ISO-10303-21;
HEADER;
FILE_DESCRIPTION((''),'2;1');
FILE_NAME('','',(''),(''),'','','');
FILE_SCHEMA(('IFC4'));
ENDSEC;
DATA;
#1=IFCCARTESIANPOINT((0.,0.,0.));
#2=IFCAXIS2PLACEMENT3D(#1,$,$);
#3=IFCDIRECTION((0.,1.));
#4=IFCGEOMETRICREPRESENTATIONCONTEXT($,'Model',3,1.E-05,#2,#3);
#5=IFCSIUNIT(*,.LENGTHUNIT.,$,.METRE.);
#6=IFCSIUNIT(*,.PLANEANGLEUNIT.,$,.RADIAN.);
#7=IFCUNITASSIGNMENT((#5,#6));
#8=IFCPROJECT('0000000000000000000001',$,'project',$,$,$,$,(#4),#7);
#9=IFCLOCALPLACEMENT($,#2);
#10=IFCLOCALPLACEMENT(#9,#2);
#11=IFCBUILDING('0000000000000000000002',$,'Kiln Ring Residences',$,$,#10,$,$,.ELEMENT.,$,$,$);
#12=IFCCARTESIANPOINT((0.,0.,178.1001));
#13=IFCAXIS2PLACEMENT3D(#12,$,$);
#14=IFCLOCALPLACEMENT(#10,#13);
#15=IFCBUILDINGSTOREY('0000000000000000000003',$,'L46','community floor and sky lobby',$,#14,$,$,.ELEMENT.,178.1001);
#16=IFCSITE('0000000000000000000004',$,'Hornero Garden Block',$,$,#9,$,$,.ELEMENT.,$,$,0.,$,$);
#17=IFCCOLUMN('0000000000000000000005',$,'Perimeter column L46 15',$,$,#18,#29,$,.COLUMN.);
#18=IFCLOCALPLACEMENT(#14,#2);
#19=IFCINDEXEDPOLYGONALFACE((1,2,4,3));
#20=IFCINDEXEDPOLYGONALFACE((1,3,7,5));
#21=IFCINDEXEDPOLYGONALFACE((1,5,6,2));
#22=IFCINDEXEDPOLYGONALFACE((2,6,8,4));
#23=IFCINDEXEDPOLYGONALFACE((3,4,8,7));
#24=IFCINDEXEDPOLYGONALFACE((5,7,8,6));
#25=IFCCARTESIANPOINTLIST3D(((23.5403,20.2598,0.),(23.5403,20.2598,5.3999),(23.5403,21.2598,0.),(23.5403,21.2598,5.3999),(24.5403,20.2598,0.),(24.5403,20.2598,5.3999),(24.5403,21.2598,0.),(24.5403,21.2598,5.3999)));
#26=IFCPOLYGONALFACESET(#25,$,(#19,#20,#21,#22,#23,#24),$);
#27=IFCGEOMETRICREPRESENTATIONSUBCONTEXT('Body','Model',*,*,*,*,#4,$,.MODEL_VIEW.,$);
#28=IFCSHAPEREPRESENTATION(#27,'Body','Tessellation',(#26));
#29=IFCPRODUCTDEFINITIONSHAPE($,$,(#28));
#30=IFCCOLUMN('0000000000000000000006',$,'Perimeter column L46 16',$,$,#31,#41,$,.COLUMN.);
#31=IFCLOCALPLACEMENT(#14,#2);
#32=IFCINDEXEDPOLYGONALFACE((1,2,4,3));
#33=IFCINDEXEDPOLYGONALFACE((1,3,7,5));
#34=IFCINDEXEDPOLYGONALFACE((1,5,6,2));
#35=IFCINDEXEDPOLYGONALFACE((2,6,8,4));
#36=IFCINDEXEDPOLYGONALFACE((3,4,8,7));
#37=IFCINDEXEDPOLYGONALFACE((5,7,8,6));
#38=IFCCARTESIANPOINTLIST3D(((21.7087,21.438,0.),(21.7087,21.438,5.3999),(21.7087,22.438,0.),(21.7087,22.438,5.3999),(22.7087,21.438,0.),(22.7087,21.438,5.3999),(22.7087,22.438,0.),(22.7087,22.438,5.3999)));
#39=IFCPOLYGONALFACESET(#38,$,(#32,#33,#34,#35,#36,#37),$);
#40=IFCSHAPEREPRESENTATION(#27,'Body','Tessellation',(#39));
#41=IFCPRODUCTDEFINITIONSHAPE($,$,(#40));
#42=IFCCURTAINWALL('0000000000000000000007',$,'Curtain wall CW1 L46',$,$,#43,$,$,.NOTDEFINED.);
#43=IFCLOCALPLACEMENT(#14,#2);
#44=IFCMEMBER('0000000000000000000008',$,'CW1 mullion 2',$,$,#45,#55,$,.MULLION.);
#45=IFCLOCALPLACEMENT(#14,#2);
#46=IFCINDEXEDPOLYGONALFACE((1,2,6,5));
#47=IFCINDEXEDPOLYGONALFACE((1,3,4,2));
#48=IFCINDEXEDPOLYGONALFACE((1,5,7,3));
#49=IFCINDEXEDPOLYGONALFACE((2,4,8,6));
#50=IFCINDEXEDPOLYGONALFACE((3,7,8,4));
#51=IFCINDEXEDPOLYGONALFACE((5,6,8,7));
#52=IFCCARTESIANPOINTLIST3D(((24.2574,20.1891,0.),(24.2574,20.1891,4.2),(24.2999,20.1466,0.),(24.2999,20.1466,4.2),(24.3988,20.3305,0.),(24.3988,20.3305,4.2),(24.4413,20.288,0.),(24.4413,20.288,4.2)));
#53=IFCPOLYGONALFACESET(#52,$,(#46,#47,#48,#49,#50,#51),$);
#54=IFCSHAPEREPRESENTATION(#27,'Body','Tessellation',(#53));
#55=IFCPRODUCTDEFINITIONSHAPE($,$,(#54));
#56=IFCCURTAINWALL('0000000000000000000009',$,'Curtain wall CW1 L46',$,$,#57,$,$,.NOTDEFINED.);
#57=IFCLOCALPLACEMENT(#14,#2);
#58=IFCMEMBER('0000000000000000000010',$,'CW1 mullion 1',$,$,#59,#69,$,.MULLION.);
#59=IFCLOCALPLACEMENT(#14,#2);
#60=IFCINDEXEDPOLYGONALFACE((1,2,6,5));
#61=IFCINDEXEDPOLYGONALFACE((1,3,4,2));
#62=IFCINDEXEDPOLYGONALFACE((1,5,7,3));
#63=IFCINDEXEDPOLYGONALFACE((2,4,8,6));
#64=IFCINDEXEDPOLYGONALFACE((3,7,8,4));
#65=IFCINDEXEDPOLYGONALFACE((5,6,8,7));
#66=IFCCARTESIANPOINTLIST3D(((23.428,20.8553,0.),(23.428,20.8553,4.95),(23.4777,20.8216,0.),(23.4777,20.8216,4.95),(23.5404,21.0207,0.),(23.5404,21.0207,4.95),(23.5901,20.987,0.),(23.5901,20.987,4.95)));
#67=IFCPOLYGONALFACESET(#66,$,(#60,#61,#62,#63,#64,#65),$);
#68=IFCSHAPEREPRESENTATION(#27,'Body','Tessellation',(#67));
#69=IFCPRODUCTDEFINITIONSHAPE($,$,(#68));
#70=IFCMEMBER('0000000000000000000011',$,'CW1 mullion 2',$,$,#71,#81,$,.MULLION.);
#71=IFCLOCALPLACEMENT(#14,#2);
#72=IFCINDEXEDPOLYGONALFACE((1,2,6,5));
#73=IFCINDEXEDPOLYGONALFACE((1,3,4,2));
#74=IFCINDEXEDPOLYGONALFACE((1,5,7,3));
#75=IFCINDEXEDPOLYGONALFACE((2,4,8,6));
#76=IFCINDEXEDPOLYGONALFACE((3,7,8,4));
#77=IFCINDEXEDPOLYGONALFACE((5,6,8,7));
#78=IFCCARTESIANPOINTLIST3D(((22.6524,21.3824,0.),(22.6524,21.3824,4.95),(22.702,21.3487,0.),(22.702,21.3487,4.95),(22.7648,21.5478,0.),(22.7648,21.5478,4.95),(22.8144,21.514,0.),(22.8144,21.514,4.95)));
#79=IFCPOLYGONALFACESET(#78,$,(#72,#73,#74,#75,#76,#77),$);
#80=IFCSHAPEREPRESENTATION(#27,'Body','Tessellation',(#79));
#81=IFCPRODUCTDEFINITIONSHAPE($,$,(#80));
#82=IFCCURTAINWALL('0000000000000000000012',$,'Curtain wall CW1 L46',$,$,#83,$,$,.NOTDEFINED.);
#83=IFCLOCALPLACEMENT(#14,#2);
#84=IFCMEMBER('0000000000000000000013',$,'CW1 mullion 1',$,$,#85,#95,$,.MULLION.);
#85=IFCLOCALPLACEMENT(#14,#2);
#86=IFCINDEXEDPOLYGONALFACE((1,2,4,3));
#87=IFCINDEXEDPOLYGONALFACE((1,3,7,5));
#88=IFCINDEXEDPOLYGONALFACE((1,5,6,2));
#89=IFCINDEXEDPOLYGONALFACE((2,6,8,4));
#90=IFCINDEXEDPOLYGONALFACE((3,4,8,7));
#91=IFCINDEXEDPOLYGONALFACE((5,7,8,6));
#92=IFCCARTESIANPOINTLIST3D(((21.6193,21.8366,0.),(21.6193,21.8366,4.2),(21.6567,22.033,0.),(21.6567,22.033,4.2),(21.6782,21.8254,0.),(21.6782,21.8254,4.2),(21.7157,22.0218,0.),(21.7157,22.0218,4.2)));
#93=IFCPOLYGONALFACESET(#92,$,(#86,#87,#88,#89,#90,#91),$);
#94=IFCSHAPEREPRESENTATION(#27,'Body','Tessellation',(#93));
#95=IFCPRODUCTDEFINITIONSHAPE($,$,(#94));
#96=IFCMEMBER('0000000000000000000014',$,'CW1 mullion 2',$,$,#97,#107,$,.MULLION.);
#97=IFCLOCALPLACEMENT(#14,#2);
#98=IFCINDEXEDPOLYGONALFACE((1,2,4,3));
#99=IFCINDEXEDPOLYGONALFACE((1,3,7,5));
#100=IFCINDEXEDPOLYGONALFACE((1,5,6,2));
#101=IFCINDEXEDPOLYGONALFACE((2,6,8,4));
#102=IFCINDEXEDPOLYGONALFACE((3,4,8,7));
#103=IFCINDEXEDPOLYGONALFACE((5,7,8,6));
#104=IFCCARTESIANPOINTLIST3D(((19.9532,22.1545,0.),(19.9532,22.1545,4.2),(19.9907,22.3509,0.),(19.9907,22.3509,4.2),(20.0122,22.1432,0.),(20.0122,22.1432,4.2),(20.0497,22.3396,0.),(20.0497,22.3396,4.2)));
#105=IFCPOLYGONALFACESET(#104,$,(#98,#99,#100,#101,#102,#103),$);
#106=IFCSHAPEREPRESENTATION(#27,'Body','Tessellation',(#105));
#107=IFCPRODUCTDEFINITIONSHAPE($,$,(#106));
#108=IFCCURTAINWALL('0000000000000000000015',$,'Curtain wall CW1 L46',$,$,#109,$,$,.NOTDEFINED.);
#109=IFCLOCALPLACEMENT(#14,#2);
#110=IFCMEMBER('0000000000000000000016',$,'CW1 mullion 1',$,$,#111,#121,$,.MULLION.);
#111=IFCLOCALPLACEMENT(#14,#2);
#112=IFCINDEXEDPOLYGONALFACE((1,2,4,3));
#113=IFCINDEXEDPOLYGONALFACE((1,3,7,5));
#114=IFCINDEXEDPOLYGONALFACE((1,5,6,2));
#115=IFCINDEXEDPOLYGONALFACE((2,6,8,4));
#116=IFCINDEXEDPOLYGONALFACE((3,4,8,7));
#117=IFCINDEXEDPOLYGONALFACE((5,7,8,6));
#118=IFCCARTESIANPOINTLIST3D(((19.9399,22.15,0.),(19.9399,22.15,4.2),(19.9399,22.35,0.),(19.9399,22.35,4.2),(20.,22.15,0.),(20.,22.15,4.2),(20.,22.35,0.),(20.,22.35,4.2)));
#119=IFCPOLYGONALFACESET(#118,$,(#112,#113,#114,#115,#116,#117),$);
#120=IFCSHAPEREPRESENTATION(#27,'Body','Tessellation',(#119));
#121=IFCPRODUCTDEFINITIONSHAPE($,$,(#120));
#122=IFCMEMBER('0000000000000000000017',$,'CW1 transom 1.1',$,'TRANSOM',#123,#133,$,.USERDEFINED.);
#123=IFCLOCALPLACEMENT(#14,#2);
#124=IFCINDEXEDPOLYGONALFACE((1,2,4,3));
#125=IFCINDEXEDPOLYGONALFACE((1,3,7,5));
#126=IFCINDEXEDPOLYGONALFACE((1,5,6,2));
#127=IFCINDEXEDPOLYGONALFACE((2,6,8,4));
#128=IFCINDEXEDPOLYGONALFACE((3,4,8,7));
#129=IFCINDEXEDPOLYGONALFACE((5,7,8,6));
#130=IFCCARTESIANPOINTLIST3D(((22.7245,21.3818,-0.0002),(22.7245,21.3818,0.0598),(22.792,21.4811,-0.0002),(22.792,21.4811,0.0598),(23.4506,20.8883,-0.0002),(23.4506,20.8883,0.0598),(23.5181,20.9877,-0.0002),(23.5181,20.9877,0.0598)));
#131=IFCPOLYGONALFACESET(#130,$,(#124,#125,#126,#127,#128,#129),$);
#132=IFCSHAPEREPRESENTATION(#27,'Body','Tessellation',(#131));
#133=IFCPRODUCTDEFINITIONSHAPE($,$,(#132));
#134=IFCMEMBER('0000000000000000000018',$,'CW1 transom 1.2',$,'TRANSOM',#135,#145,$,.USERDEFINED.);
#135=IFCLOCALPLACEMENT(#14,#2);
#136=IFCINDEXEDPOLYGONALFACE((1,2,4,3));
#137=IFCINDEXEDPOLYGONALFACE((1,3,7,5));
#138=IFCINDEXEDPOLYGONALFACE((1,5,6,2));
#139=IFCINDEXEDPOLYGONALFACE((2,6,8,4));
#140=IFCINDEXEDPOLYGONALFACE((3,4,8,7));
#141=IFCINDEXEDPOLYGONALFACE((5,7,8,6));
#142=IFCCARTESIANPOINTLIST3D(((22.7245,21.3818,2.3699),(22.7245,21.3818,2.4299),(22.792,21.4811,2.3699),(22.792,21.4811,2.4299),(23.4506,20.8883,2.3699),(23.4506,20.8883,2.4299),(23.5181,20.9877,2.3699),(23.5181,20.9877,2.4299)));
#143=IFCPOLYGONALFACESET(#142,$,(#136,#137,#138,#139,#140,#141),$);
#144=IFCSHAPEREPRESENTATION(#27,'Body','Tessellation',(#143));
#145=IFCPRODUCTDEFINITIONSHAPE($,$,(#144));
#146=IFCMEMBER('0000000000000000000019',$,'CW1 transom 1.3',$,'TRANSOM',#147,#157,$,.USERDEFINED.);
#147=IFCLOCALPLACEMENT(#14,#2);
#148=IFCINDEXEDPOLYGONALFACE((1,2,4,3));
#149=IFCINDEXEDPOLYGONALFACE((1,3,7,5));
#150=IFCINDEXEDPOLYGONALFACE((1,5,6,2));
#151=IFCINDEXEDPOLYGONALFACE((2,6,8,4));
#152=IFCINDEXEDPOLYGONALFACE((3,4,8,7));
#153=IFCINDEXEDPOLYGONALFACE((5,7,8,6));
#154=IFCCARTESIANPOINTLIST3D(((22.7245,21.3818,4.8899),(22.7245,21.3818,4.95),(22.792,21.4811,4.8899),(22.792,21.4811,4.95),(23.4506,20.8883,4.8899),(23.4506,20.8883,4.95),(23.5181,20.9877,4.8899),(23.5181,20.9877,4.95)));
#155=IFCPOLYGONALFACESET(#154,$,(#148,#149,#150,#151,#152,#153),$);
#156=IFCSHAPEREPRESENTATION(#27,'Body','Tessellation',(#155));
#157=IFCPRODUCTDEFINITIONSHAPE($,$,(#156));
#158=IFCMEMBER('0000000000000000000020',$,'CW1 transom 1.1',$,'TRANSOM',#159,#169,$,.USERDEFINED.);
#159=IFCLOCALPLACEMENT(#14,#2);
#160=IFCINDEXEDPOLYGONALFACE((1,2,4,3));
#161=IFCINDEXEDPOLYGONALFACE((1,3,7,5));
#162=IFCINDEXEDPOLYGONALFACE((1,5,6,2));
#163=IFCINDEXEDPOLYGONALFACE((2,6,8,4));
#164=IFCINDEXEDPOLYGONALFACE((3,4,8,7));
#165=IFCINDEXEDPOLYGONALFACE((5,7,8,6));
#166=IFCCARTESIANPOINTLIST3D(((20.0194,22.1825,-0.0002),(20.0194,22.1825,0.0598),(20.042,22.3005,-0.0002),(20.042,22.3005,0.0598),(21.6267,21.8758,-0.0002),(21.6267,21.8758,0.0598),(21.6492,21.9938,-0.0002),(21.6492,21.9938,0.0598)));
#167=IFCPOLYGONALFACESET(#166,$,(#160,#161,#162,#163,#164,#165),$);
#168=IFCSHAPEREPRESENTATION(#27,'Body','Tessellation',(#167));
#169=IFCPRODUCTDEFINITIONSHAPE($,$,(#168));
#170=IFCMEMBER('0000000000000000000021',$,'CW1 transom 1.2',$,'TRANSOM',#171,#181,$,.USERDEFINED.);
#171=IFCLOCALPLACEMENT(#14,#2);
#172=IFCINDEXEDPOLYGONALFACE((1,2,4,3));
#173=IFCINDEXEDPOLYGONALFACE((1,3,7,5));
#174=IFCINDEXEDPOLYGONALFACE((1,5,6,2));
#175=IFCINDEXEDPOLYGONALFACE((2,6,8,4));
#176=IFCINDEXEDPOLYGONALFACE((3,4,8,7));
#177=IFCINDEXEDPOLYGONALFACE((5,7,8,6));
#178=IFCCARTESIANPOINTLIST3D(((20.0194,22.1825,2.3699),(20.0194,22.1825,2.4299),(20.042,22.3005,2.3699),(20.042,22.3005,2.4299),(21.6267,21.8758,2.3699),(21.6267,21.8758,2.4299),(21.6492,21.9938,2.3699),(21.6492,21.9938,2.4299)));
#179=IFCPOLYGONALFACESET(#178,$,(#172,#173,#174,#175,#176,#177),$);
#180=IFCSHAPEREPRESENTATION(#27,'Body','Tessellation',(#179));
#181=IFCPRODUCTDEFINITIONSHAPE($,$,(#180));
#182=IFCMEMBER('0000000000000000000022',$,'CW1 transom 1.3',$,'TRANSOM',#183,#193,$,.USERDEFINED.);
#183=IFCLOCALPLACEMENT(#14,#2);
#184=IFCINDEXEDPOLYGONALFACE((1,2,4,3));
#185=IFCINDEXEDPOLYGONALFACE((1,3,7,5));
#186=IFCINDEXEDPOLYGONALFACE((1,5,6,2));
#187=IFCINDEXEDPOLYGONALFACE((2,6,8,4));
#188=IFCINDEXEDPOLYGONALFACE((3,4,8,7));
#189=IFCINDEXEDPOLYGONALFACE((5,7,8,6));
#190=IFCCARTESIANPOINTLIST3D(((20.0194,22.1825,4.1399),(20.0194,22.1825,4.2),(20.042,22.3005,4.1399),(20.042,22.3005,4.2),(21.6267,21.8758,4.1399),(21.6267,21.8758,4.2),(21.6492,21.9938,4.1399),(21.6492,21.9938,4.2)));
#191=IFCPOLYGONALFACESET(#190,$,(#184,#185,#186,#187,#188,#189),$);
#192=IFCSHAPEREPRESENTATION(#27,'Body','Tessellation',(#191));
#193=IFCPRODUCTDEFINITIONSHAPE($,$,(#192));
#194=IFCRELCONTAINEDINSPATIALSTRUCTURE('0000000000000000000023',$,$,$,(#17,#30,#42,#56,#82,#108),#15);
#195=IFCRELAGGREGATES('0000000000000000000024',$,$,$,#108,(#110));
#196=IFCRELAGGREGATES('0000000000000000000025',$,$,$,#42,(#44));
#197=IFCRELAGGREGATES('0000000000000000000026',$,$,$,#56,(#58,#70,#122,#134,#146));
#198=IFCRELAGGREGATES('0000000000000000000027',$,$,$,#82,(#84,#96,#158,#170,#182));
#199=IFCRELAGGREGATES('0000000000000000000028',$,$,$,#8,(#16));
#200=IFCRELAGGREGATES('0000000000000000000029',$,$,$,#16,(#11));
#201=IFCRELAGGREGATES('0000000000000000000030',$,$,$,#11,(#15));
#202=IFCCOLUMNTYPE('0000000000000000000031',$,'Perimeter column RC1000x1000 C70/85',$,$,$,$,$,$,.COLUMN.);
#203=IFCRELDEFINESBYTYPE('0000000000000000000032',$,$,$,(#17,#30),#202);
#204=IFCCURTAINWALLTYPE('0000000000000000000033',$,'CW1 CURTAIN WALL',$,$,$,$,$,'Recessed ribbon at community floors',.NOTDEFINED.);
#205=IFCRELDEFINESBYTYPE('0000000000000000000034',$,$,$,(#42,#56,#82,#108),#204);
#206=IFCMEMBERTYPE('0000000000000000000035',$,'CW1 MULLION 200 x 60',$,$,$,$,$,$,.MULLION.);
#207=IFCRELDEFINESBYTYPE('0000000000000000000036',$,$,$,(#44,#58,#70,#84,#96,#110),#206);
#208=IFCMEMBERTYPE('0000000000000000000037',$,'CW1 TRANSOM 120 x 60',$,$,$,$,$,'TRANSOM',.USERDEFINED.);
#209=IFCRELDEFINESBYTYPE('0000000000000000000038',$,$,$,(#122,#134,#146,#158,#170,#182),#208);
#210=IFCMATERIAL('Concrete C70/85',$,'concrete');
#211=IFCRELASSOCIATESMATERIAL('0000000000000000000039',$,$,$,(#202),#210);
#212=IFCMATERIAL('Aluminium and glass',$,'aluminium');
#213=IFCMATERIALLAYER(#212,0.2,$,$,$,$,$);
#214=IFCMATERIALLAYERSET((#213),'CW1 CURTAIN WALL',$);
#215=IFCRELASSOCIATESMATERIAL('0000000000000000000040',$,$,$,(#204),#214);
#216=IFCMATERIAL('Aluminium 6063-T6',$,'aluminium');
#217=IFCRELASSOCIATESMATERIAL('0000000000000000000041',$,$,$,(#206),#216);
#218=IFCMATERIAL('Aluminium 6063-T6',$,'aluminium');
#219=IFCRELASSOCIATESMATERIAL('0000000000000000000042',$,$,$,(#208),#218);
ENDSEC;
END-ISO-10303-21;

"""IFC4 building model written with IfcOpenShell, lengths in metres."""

from ifc_helpers import new_model, si_unit, direction, frame, origin, origin_2d, place, context, subcontext, project, spatial, rectangle, extrude, material, layer, layer_set, material_profile, profile_set, type_object, element, aggregate, save


model = new_model("IFC4")

# Units and contexts
model_context = context("Model", 3, precision=1e-05, world=origin(), true_north=direction((0.0, 1.0)))
body_context = subcontext(model_context, "Body", "Model", "MODEL_VIEW")
ifc_project = project(units=[si_unit("LENGTHUNIT", "METRE"), si_unit("PLANEANGLEUNIT", "RADIAN")], contexts=[model_context])

# Site, building, storey
site_placement = place(None, origin())
site = spatial("IfcSite", under=ifc_project, at=site_placement, Name="Hornero Garden Block", CompositionType="ELEMENT", RefElevation=0.0)
building_placement = place(site_placement, origin())
building = spatial("IfcBuilding", under=site, at=building_placement, Name="Kiln Ring Residences", CompositionType="ELEMENT")
storey_placement = place(building_placement, frame((0.0, 0.0, 178.1001)))
storey = spatial("IfcBuildingStorey", under=building, at=storey_placement, Name="L46", Description="community floor and sky lobby", CompositionType="ELEMENT", Elevation=178.1001)

# Columns
ifc_material_1 = material(Name="Concrete C70/85", Category="concrete")
ifc_material_profile_1 = material_profile(ifc_material_1, rectangle(XDim=1.0, YDim=1.0, at=origin_2d()), Name="RC1000x1000")
ifc_profile_set_1 = profile_set([ifc_material_profile_1], Name="Concrete C70/85")
column_type = type_object("IfcColumnType", Name="Perimeter column RC1000x1000 C70/85", PredefinedType="COLUMN", material=ifc_profile_set_1)
for number, where, z_axis, x_axis, name in (
    (1, (24.0403, 20.7598, 0.0), (0.0, 0.0, 1.0), (1.0, 0.0, 0.0), "Perimeter column L46 15"),
    (2, (22.2087, 21.938, 0.0), (0.0, 0.0, 1.0), (1.0, 0.0, 0.0), "Perimeter column L46 16"),
):
    element("IfcColumn", number, at=place(storey_placement, frame(where, z_axis=z_axis, x_axis=x_axis)), inside=storey, type_object=column_type, Name=name, PredefinedType="COLUMN", context=body_context, shape_type="SweptSolid", body=[
        extrude(rectangle(XDim=1.0, YDim=1.0, at=origin_2d()), origin(), (0.0, 0.0, 1.0), 5.3999),
    ])

# Curtain wall, member
ifc_material_2 = material(Name="Aluminium and glass", Category="aluminium")
ifc_layer_1 = layer(ifc_material_2, 0.2)
ifc_layer_set_1 = layer_set([ifc_layer_1], Name="CW1 CURTAIN WALL")
curtain_wall_type = type_object("IfcCurtainWallType", Name="CW1 CURTAIN WALL", ElementType="Recessed ribbon at community floors", PredefinedType="NOTDEFINED", material=ifc_layer_set_1)
placement = place(storey_placement, origin())
curtain_wall_1 = element("IfcCurtainWall", 3, at=placement, inside=storey, type_object=curtain_wall_type, Name="Curtain wall CW1 L46", PredefinedType="NOTDEFINED")
ifc_material_3 = material(Name="Aluminium 6063-T6", Category="aluminium")
ifc_material_profile_2 = material_profile(ifc_material_3, rectangle(XDim=0.2, YDim=0.0601, at=origin_2d()), Name="AL 200x60")
ifc_profile_set_2 = profile_set([ifc_material_profile_2], Name="Aluminium 6063-T6")
member_type_1 = type_object("IfcMemberType", Name="CW1 MULLION 200 x 60", PredefinedType="MULLION", material=ifc_profile_set_2)
member_1_placement = place(storey_placement, frame((24.3494, 20.2385, 0.0), z_axis=(0.0, 0.0, 1.0), x_axis=(-0.707107, -0.707107, 0.0)))
member_1 = element("IfcMember", 4, at=member_1_placement, type_object=member_type_1, Name="CW1 mullion 2", PredefinedType="MULLION", context=body_context, shape_type="SweptSolid", body=[
    extrude(rectangle(XDim=0.2, YDim=0.0601, at=origin_2d()), origin(), (0.0, 0.0, 1.0), 4.2),
])

# Curtain walls, members
curtain_wall_2 = element("IfcCurtainWall", 5, at=placement, inside=storey, type_object=curtain_wall_type, Name="Curtain wall CW1 L46", PredefinedType="NOTDEFINED")
member_2_placement = place(storey_placement, frame((23.509, 20.9211, 0.0), z_axis=(0.0, 0.0, 1.0), x_axis=(-0.562097, -0.827072, 0.0)))
member_2 = element("IfcMember", 6, at=member_2_placement, type_object=member_type_1, Name="CW1 mullion 1", PredefinedType="MULLION", context=body_context, shape_type="SweptSolid", body=[
    extrude(rectangle(XDim=0.2, YDim=0.0601, at=origin_2d()), origin(), (0.0, 0.0, 1.0), 4.95),
])
member_3_placement = place(storey_placement, frame((22.7334, 21.4482, 0.0), z_axis=(0.0, 0.0, 1.0), x_axis=(-0.562097, -0.827072, 0.0)))
member_3 = element("IfcMember", 7, at=member_3_placement, type_object=member_type_1, Name="CW1 mullion 2", PredefinedType="MULLION", context=body_context, shape_type="SweptSolid", body=[
    extrude(rectangle(XDim=0.2, YDim=0.0601, at=origin_2d()), origin(), (0.0, 0.0, 1.0), 4.95),
])
curtain_wall_3 = element("IfcCurtainWall", 8, at=placement, inside=storey, type_object=curtain_wall_type, Name="Curtain wall CW1 L46", PredefinedType="NOTDEFINED")
member_4_placement = place(storey_placement, frame((21.6675, 21.9292, 0.0), z_axis=(0.0, 0.0, 1.0), x_axis=(-0.187366, -0.98229, 0.0)))
member_4 = element("IfcMember", 9, at=member_4_placement, type_object=member_type_1, Name="CW1 mullion 1", PredefinedType="MULLION", context=body_context, shape_type="SweptSolid", body=[
    extrude(rectangle(XDim=0.2, YDim=0.0601, at=origin_2d()), origin(), (0.0, 0.0, 1.0), 4.2),
])
member_5_placement = place(storey_placement, frame((20.0015, 22.2471, 0.0), z_axis=(0.0, 0.0, 1.0), x_axis=(-0.187366, -0.98229, 0.0)))
member_5 = element("IfcMember", 10, at=member_5_placement, type_object=member_type_1, Name="CW1 mullion 2", PredefinedType="MULLION", context=body_context, shape_type="SweptSolid", body=[
    extrude(rectangle(XDim=0.2, YDim=0.0601, at=origin_2d()), origin(), (0.0, 0.0, 1.0), 4.2),
])

# Curtain wall, member
curtain_wall_4 = element("IfcCurtainWall", 11, at=placement, inside=storey, type_object=curtain_wall_type, Name="Curtain wall CW1 L46", PredefinedType="NOTDEFINED")
member_6_placement = place(storey_placement, frame((19.97, 22.25, 0.0), z_axis=(0.0, 0.0, 1.0), x_axis=(0.0, -1.0, 0.0)))
member_6 = element("IfcMember", 12, at=member_6_placement, type_object=member_type_1, Name="CW1 mullion 1", PredefinedType="MULLION", context=body_context, shape_type="SweptSolid", body=[
    extrude(rectangle(XDim=0.2, YDim=0.0601, at=origin_2d()), origin(), (0.0, 0.0, 1.0), 4.2),
])

# Members
ifc_material_4 = material(Name="Aluminium 6063-T6", Category="aluminium")
ifc_material_profile_3 = material_profile(ifc_material_4, rectangle(XDim=0.1201, YDim=0.0601, at=origin_2d()), Name="AL 120x60")
ifc_profile_set_3 = profile_set([ifc_material_profile_3], Name="Aluminium 6063-T6")
member_type_2 = type_object("IfcMemberType", Name="CW1 TRANSOM 120 x 60", ElementType="TRANSOM", PredefinedType="USERDEFINED", material=ifc_profile_set_3)
member_7_placement = place(storey_placement, frame((23.4844, 20.938, 0.0298), z_axis=(-0.827097, 0.562059, 0.0), x_axis=(-0.562059, -0.827097, 0.0)))
member_7 = element("IfcMember", 13, at=member_7_placement, type_object=member_type_2, Name="CW1 transom 1.1", ObjectType="TRANSOM", PredefinedType="USERDEFINED", context=body_context, shape_type="SweptSolid", body=[
    extrude(rectangle(XDim=0.1201, YDim=0.0601, at=origin_2d()), origin(), (0.0, 0.0, 1.0), 0.8779),
])
member_8_placement = place(storey_placement, frame((23.4844, 20.938, 2.3999), z_axis=(-0.827097, 0.562059, 0.0), x_axis=(-0.562059, -0.827097, 0.0)))
member_8 = element("IfcMember", 14, at=member_8_placement, type_object=member_type_2, Name="CW1 transom 1.2", ObjectType="TRANSOM", PredefinedType="USERDEFINED", context=body_context, shape_type="SweptSolid", body=[
    extrude(rectangle(XDim=0.1201, YDim=0.0601, at=origin_2d()), origin(), (0.0, 0.0, 1.0), 0.8779),
])
member_9_placement = place(storey_placement, frame((23.4844, 20.938, 4.9199), z_axis=(-0.827097, 0.562059, 0.0), x_axis=(-0.562059, -0.827097, 0.0)))
member_9 = element("IfcMember", 15, at=member_9_placement, type_object=member_type_2, Name="CW1 transom 1.3", ObjectType="TRANSOM", PredefinedType="USERDEFINED", context=body_context, shape_type="SweptSolid", body=[
    extrude(rectangle(XDim=0.1201, YDim=0.0601, at=origin_2d()), origin(), (0.0, 0.0, 1.0), 0.8779),
])
member_10_placement = place(storey_placement, frame((21.6379, 21.9348, 0.0298), z_axis=(-0.982281, 0.187414, 0.0), x_axis=(-0.187414, -0.982281, 0.0)))
member_10 = element("IfcMember", 16, at=member_10_placement, type_object=member_type_2, Name="CW1 transom 1.1", ObjectType="TRANSOM", PredefinedType="USERDEFINED", context=body_context, shape_type="SweptSolid", body=[
    extrude(rectangle(XDim=0.1201, YDim=0.0601, at=origin_2d()), origin(), (0.0, 0.0, 1.0), 1.6362),
])
member_11_placement = place(storey_placement, frame((21.6379, 21.9348, 2.3999), z_axis=(-0.982281, 0.187414, 0.0), x_axis=(-0.187414, -0.982281, 0.0)))
member_11 = element("IfcMember", 17, at=member_11_placement, type_object=member_type_2, Name="CW1 transom 1.2", ObjectType="TRANSOM", PredefinedType="USERDEFINED", context=body_context, shape_type="SweptSolid", body=[
    extrude(rectangle(XDim=0.1201, YDim=0.0601, at=origin_2d()), origin(), (0.0, 0.0, 1.0), 1.6362),
])
member_12_placement = place(storey_placement, frame((21.6379, 21.9348, 4.1699), z_axis=(-0.982281, 0.187414, 0.0), x_axis=(-0.187414, -0.982281, 0.0)))
member_12 = element("IfcMember", 18, at=member_12_placement, type_object=member_type_2, Name="CW1 transom 1.3", ObjectType="TRANSOM", PredefinedType="USERDEFINED", context=body_context, shape_type="SweptSolid", body=[
    extrude(rectangle(XDim=0.1201, YDim=0.0601, at=origin_2d()), origin(), (0.0, 0.0, 1.0), 1.6362),
])
aggregate(curtain_wall_4, [member_6])

aggregate(curtain_wall_1, [member_1])
aggregate(curtain_wall_2, [member_2, member_3, member_7, member_8, member_9])
aggregate(curtain_wall_3, [member_4, member_5, member_10, member_11, member_12])

save(model, "model.ifc")
